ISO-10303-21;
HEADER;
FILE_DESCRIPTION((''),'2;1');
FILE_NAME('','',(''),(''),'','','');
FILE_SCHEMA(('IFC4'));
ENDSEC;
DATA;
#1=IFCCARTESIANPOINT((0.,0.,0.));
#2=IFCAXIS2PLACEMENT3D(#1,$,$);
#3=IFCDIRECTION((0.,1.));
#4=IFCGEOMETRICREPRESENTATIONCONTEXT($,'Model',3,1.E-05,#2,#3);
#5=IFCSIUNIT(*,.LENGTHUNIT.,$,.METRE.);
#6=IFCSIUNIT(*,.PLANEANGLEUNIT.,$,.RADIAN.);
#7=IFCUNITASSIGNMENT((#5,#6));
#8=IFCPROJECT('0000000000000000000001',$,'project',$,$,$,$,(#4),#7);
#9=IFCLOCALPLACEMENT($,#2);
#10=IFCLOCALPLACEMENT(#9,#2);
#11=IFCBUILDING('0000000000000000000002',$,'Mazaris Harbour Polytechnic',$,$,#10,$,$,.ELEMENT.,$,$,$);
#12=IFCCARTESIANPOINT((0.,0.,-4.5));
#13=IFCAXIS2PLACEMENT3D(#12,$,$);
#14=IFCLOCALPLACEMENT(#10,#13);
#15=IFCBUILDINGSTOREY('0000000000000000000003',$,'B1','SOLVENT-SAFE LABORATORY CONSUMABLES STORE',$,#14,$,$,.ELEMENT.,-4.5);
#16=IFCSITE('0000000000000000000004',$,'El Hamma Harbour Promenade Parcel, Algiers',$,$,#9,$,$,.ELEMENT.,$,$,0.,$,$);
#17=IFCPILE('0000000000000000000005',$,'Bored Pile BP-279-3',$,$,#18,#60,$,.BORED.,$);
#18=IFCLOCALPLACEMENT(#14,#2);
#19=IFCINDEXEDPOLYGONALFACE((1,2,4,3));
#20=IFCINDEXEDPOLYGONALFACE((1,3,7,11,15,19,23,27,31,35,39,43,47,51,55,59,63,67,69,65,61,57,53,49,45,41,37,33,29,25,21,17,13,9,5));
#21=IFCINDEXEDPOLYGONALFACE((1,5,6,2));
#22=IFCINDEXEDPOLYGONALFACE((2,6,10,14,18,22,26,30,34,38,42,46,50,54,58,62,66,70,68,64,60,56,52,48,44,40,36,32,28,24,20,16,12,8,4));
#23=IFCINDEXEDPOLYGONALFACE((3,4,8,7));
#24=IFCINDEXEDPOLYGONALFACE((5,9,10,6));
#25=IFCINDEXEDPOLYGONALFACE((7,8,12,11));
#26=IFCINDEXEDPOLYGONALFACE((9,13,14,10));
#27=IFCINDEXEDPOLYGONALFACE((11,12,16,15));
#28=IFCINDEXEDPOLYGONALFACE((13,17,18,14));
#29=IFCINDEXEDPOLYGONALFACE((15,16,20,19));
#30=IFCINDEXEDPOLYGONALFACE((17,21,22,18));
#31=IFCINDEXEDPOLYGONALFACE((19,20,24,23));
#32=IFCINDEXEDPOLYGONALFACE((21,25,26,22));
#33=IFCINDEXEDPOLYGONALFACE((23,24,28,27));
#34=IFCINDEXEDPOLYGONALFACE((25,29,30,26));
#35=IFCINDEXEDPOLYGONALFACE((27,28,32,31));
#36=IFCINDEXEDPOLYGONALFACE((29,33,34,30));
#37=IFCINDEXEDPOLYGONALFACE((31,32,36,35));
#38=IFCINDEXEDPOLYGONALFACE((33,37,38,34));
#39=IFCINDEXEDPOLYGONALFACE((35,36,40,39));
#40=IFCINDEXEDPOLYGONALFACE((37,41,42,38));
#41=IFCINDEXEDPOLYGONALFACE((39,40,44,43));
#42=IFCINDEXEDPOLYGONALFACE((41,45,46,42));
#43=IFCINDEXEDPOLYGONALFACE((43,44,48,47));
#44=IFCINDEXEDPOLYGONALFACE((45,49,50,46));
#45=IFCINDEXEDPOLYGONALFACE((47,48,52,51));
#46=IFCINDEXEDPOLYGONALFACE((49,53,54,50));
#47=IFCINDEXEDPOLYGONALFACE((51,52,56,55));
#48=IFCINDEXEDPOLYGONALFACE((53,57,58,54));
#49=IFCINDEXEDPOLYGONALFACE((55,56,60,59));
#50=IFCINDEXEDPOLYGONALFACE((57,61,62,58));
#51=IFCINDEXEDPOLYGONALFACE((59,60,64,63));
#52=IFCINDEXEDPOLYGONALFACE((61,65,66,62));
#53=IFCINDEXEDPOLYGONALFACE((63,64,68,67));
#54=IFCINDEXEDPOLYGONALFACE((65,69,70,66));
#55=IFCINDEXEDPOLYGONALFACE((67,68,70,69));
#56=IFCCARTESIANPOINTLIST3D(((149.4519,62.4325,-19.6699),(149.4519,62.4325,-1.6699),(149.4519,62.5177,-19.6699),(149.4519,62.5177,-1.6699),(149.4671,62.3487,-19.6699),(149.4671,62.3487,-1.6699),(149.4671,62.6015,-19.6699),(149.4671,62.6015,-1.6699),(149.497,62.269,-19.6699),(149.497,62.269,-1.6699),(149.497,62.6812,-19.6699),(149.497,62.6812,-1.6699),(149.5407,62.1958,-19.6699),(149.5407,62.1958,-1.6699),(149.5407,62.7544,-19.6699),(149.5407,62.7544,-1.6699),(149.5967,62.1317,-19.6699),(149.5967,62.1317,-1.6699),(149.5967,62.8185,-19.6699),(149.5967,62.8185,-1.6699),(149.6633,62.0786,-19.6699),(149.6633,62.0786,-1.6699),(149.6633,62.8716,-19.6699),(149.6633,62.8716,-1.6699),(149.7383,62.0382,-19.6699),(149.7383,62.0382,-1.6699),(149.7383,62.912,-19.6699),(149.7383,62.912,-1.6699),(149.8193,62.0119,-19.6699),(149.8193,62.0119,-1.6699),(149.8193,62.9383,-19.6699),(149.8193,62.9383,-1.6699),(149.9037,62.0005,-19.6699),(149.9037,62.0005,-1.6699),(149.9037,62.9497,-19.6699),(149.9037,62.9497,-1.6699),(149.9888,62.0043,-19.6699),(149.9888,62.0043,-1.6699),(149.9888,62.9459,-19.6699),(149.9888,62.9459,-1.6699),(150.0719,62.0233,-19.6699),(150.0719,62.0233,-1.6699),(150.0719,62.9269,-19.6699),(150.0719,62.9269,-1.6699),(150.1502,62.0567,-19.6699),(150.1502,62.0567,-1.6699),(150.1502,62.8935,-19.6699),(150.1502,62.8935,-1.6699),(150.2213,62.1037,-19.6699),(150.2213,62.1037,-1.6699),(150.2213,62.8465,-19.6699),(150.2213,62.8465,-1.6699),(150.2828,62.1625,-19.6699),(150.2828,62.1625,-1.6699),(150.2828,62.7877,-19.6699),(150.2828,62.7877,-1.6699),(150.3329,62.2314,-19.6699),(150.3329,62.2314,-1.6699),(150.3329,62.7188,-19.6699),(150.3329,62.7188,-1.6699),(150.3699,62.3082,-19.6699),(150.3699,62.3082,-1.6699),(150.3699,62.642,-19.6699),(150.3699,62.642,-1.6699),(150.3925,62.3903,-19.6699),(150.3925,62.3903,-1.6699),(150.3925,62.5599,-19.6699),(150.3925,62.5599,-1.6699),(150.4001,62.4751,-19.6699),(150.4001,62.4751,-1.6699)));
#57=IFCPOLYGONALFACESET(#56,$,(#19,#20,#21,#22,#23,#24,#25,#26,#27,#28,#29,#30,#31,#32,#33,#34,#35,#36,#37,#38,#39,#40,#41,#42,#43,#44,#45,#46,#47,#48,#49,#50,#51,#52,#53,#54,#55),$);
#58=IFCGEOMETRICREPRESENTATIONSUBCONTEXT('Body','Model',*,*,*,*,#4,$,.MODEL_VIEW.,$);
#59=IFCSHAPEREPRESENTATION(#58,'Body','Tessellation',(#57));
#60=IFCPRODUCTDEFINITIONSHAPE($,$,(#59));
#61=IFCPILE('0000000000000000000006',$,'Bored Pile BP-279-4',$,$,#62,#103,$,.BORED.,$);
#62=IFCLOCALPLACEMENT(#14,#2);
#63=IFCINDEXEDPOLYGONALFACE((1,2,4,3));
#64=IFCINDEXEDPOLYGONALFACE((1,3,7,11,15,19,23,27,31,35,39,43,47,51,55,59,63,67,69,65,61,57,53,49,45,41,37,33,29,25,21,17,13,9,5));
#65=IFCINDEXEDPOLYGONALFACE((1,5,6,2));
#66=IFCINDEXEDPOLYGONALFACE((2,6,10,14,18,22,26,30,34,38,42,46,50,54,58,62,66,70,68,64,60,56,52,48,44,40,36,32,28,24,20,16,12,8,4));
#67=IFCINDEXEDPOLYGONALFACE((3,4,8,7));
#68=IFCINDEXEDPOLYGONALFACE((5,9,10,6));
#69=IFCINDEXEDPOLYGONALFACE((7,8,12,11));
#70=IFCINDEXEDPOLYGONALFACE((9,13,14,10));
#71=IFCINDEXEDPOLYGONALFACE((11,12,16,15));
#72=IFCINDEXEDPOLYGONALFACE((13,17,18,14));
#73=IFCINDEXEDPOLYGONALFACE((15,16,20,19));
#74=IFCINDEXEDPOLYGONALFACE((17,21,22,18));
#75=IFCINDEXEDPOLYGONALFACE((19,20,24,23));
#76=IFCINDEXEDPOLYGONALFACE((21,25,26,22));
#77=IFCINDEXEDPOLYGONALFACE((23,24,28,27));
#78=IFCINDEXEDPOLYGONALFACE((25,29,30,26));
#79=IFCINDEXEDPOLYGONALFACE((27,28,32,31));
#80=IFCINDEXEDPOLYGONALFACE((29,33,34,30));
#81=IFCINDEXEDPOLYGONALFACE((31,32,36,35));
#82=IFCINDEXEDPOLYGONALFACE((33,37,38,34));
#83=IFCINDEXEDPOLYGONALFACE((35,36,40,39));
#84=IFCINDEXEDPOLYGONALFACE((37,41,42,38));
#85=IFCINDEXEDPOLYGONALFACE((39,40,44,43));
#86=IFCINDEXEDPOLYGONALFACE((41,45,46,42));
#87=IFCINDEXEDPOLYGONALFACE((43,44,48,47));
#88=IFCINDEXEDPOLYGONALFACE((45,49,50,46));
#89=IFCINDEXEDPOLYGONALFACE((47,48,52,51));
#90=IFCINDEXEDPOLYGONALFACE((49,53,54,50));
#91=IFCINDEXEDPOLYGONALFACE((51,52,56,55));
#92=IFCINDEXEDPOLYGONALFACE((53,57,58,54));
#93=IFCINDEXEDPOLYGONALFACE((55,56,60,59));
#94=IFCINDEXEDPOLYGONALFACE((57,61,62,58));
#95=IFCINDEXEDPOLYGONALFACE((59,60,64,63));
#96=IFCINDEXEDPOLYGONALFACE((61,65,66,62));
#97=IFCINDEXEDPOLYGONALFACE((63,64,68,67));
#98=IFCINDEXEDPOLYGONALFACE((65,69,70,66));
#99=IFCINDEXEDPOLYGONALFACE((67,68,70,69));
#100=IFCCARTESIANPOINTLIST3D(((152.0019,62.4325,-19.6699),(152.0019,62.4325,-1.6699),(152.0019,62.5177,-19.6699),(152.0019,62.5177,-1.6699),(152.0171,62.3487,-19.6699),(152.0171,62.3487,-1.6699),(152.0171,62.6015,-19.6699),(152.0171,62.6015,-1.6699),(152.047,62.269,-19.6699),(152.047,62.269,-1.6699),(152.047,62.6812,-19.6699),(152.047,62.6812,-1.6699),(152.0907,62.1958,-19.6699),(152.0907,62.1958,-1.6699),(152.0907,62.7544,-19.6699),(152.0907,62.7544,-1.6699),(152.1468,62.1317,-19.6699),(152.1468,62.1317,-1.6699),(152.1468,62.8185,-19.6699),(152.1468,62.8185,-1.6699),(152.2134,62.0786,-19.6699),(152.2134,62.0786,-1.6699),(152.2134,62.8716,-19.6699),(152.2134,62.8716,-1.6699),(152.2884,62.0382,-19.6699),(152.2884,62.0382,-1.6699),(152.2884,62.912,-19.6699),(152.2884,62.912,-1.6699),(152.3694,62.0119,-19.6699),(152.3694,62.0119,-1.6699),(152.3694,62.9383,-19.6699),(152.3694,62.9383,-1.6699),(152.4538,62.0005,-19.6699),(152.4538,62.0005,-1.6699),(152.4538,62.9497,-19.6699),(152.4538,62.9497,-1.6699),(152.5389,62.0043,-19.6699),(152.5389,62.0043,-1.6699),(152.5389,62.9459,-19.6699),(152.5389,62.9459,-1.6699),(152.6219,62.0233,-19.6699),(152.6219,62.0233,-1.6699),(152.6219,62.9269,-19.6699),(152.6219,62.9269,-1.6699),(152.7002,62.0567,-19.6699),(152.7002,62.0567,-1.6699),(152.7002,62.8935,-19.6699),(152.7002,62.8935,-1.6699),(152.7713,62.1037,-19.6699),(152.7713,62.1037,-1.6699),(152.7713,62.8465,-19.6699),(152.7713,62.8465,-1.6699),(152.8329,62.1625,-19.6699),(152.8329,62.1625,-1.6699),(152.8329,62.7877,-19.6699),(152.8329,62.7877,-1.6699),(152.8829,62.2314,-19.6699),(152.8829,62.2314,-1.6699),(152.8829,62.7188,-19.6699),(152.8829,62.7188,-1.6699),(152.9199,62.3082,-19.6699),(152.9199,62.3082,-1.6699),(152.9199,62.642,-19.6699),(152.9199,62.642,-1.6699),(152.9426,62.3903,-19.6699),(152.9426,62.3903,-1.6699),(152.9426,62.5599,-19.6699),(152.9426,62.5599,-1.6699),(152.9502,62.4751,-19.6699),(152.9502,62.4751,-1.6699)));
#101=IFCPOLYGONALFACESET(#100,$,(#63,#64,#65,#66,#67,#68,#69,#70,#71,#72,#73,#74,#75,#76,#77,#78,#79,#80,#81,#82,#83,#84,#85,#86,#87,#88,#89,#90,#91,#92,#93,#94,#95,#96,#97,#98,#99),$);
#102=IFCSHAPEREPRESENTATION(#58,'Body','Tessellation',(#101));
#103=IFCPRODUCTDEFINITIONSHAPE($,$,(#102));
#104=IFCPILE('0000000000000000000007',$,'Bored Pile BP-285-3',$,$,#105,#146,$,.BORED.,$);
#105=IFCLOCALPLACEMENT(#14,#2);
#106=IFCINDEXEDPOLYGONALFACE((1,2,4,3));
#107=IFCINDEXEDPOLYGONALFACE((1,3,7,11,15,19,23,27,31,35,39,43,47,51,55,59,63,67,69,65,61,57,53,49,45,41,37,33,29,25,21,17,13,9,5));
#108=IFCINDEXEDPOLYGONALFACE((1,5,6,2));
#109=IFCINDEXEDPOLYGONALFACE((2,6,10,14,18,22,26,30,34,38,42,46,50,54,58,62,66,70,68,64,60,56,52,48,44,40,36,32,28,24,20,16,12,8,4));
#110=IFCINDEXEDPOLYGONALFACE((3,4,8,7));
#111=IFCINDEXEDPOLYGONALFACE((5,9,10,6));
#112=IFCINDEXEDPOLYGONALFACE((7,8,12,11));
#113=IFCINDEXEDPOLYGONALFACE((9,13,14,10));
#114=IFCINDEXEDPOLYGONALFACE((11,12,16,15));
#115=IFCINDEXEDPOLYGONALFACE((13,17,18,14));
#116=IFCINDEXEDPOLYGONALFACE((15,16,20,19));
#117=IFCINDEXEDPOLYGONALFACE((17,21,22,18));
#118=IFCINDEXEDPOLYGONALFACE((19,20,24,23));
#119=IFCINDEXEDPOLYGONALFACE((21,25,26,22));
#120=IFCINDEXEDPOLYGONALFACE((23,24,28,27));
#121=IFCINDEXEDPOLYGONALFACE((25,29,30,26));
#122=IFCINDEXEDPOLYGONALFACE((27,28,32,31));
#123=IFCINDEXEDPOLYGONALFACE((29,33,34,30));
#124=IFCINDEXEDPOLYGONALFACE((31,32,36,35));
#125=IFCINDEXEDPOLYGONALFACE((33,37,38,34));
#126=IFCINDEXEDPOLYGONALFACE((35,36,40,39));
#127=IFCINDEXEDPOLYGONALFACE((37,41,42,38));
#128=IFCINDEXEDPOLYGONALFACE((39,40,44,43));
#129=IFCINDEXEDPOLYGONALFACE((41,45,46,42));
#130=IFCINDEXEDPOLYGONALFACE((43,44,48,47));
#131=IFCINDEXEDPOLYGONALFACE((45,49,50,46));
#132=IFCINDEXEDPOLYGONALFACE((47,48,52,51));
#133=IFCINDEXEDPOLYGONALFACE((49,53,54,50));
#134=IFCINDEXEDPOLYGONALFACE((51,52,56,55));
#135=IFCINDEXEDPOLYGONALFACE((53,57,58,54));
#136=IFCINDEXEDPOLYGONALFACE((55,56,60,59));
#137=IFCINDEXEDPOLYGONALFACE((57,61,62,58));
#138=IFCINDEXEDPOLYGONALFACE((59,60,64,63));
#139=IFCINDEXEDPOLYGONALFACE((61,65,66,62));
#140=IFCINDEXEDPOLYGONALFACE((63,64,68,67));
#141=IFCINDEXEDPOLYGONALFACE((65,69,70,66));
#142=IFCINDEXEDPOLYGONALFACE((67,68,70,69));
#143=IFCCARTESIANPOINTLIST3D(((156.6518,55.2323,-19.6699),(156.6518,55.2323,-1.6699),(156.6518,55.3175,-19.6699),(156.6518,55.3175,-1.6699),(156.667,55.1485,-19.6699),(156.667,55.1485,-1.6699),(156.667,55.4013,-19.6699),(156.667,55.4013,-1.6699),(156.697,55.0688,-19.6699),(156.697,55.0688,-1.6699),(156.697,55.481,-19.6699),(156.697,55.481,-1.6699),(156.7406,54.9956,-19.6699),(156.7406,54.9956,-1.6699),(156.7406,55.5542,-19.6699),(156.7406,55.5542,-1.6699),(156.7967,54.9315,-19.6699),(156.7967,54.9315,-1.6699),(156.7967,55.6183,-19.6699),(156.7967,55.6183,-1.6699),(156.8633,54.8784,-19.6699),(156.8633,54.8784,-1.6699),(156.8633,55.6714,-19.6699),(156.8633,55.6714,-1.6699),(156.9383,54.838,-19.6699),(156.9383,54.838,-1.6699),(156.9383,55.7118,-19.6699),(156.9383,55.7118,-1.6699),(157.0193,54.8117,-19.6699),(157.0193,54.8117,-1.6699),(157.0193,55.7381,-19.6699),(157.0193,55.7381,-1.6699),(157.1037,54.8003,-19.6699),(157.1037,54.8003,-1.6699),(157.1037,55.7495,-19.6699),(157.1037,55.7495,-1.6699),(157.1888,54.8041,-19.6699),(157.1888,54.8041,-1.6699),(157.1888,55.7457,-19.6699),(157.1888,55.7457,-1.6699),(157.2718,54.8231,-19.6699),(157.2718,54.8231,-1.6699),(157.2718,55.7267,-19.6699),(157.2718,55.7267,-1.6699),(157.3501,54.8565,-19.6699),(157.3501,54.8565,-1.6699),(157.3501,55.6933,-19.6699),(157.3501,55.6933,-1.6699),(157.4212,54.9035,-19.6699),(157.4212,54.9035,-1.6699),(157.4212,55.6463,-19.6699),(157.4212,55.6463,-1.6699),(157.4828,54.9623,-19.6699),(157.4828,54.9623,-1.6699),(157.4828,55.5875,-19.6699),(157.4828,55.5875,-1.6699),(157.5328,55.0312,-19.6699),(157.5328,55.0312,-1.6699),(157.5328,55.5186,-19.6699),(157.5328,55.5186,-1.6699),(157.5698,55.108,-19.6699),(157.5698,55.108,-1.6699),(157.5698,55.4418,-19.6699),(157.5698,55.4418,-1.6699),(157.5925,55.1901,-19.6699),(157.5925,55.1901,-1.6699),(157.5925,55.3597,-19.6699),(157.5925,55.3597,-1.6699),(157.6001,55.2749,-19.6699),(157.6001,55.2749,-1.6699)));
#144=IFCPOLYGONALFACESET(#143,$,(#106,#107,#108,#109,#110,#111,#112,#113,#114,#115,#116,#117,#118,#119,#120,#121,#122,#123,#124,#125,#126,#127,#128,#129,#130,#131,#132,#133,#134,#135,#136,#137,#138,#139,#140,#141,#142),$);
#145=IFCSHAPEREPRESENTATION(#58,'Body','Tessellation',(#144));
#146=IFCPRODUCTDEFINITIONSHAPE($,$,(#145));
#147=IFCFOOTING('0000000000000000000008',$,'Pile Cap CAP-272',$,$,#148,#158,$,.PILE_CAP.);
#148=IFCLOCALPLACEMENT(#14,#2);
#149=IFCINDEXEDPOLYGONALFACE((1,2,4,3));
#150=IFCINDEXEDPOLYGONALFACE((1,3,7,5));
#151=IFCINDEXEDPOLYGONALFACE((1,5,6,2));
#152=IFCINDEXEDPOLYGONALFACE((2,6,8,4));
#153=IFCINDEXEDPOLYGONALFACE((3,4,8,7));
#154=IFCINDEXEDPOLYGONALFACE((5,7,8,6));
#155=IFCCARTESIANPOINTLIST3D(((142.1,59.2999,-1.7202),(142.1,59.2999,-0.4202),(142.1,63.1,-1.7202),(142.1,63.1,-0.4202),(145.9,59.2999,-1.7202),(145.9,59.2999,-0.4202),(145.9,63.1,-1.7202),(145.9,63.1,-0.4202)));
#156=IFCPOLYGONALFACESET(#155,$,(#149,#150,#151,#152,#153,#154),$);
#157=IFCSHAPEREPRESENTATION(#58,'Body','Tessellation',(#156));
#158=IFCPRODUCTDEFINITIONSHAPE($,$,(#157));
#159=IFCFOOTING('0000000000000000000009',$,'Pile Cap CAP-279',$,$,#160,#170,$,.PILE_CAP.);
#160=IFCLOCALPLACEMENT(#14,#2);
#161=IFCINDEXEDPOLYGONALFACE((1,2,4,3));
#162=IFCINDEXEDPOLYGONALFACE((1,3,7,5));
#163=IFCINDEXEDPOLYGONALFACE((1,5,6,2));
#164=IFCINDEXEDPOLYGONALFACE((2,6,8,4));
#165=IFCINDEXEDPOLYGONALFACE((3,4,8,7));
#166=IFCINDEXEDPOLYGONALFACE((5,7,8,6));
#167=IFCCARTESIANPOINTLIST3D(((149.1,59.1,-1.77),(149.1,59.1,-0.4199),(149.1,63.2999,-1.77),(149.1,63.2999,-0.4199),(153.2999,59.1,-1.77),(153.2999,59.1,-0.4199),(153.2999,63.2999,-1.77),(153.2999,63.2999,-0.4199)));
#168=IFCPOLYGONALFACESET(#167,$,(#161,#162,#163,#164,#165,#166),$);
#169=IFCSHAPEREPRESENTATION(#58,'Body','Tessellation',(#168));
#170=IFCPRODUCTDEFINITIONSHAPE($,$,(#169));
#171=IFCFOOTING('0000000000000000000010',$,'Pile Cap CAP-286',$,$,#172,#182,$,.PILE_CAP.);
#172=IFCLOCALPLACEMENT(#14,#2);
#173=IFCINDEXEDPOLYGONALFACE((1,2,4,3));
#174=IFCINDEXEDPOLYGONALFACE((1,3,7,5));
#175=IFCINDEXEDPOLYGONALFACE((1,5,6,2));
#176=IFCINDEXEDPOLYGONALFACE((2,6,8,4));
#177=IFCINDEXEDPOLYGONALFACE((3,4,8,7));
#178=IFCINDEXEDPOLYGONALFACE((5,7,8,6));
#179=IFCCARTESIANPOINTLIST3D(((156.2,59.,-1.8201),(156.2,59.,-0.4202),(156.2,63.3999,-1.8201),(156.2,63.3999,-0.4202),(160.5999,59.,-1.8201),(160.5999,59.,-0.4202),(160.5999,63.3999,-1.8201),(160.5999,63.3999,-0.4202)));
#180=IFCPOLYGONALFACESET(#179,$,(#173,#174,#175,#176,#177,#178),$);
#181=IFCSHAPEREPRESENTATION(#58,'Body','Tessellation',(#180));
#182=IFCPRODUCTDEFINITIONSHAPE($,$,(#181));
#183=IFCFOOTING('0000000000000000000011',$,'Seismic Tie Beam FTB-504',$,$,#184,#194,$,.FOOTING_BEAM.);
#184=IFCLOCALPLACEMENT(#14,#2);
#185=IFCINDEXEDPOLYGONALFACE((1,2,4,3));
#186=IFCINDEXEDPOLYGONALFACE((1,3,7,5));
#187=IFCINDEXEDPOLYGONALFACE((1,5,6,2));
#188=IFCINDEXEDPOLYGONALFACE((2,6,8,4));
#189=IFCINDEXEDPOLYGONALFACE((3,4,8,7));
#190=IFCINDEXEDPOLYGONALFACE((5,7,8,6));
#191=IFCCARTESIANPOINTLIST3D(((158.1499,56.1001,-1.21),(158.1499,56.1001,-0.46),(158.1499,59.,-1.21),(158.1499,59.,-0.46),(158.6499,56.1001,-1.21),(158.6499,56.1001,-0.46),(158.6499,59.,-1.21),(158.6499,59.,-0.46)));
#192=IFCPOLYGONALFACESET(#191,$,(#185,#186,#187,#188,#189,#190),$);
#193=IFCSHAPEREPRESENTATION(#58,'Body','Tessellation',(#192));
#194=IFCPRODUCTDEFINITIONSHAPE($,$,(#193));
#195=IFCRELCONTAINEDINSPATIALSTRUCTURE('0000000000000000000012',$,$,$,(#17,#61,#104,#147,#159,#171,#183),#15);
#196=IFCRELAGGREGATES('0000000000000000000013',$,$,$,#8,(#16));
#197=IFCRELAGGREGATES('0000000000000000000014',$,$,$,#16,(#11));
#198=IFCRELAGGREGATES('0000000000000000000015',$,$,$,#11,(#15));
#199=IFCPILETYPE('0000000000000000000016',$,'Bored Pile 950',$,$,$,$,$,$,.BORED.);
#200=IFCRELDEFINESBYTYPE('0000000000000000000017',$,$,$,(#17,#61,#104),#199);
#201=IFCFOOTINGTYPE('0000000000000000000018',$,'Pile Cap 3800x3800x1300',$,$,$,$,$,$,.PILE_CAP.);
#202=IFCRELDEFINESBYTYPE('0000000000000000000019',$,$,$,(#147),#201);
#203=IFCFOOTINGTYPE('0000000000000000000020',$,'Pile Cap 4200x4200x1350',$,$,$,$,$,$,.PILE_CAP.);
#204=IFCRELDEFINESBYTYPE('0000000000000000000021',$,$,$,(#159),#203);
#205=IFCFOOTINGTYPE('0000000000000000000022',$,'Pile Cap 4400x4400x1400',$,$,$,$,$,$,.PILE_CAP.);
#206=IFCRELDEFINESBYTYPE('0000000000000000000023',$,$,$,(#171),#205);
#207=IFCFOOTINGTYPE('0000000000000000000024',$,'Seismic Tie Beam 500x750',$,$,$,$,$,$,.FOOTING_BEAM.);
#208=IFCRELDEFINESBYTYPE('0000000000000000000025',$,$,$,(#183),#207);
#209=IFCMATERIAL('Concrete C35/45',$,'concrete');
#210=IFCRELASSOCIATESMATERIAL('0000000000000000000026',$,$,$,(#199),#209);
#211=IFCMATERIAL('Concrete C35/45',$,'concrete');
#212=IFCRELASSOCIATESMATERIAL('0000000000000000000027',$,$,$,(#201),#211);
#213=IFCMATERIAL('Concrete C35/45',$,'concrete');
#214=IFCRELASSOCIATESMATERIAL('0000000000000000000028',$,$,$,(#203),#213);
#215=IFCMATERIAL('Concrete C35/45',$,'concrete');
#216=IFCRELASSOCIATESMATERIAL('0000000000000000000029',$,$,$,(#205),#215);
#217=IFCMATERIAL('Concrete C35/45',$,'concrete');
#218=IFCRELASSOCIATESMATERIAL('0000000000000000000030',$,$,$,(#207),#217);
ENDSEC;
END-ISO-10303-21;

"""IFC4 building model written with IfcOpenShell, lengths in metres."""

from ifc_helpers import new_model, si_unit, direction, frame, origin, origin_2d, place, context, subcontext, project, spatial, rectangle, circle, extrude, material, material_profile, profile_set, type_object, element, save


model = new_model("IFC4")

# Units and contexts
model_context = context("Model", 3, precision=1e-05, world=origin(), true_north=direction((0.0, 1.0)))
body_context = subcontext(model_context, "Body", "Model", "MODEL_VIEW")
ifc_project = project(units=[si_unit("LENGTHUNIT", "METRE"), si_unit("PLANEANGLEUNIT", "RADIAN")], contexts=[model_context])

# Site, building, storey
site_placement = place(None, origin())
site = spatial("IfcSite", under=ifc_project, at=site_placement, Name="El Hamma Harbour Promenade Parcel, Algiers", CompositionType="ELEMENT", RefElevation=0.0)
building_placement = place(site_placement, origin())
building = spatial("IfcBuilding", under=site, at=building_placement, Name="Mazaris Harbour Polytechnic", CompositionType="ELEMENT")
storey_placement = place(building_placement, frame((0.0, 0.0, -4.5)))
storey = spatial("IfcBuildingStorey", under=building, at=storey_placement, Name="B1", Description="SOLVENT-SAFE LABORATORY CONSUMABLES STORE", CompositionType="ELEMENT", Elevation=-4.5)

# Piles
ifc_material_1 = material(Name="Concrete C35/45", Category="concrete")
ifc_material_profile_1 = material_profile(ifc_material_1, circle(Radius=0.4751, at=origin_2d()), Name="DIA950")
ifc_profile_set_1 = profile_set([ifc_material_profile_1], Name="Concrete C35/45")
pile_type_1 = type_object("IfcPileType", Name="Bored Pile 950", PredefinedType="BORED", material=ifc_profile_set_1)
for number, where, z_axis, x_axis, name in (
    (1, (149.925, 62.4751, -1.6699), (0.0, 0.0, -1.0), (1.0, 0.0, 0.0), "Bored Pile BP-279-3"),
    (2, (152.4751, 62.4751, -1.6699), (0.0, 0.0, -1.0), (1.0, 0.0, 0.0), "Bored Pile BP-279-4"),
    (3, (157.125, 55.2749, -1.6699), (0.0, 0.0, -1.0), (1.0, 0.0, 0.0), "Bored Pile BP-285-3"),
):
    element("IfcPile", number, at=place(storey_placement, frame(where, z_axis=z_axis, x_axis=x_axis)), inside=storey, type_object=pile_type_1, Name=name, PredefinedType="BORED", context=body_context, shape_type="SweptSolid", body=[
        extrude(circle(Radius=0.4751, at=origin_2d()), origin(), (0.0, 0.0, 1.0), 18.0),
    ])

# Footings
ifc_material_2 = material(Name="Concrete C35/45", Category="concrete")
footing_type_1 = type_object("IfcFootingType", Name="Pile Cap 3800x3800x1300", PredefinedType="PILE_CAP", material=ifc_material_2)
footing_1_placement = place(storey_placement, frame((144.0, 61.2, -1.7202), z_axis=(0.0, 0.0, 1.0), x_axis=(1.0, 0.0, 0.0)))
element("IfcFooting", 4, at=footing_1_placement, inside=storey, type_object=footing_type_1, Name="Pile Cap CAP-272", PredefinedType="PILE_CAP", context=body_context, shape_type="SweptSolid", body=[
    extrude(rectangle(XDim=3.8, YDim=3.8, at=origin_2d()), origin(), (0.0, 0.0, 1.0), 1.3),
])
ifc_material_3 = material(Name="Concrete C35/45", Category="concrete")
footing_type_2 = type_object("IfcFootingType", Name="Pile Cap 4200x4200x1350", PredefinedType="PILE_CAP", material=ifc_material_3)
footing_2_placement = place(storey_placement, frame((151.2, 61.2, -1.77), z_axis=(0.0, 0.0, 1.0), x_axis=(1.0, 0.0, 0.0)))
element("IfcFooting", 5, at=footing_2_placement, inside=storey, type_object=footing_type_2, Name="Pile Cap CAP-279", PredefinedType="PILE_CAP", context=body_context, shape_type="SweptSolid", body=[
    extrude(rectangle(XDim=4.2, YDim=4.2, at=origin_2d()), origin(), (0.0, 0.0, 1.0), 1.3501),
])
ifc_material_4 = material(Name="Concrete C35/45", Category="concrete")
footing_type_3 = type_object("IfcFootingType", Name="Pile Cap 4400x4400x1400", PredefinedType="PILE_CAP", material=ifc_material_4)
footing_3_placement = place(storey_placement, frame((158.3999, 61.2, -1.8201), z_axis=(0.0, 0.0, 1.0), x_axis=(1.0, 0.0, 0.0)))
element("IfcFooting", 6, at=footing_3_placement, inside=storey, type_object=footing_type_3, Name="Pile Cap CAP-286", PredefinedType="PILE_CAP", context=body_context, shape_type="SweptSolid", body=[
    extrude(rectangle(XDim=4.3999, YDim=4.3999, at=origin_2d()), origin(), (0.0, 0.0, 1.0), 1.3999),
])
ifc_material_5 = material(Name="Concrete C35/45", Category="concrete")
ifc_material_profile_2 = material_profile(ifc_material_5, rectangle(XDim=0.5, YDim=0.75, at=origin_2d()), Name="RECT500x750")
ifc_profile_set_2 = profile_set([ifc_material_profile_2], Name="Concrete C35/45")
footing_type_4 = type_object("IfcFootingType", Name="Seismic Tie Beam 500x750", PredefinedType="FOOTING_BEAM", material=ifc_profile_set_2)
footing_4_placement = place(storey_placement, frame((158.3999, 56.1001, -0.835), z_axis=(0.0, 1.0, 0.0), x_axis=(-1.0, 0.0, 0.0)))
element("IfcFooting", 7, at=footing_4_placement, inside=storey, type_object=footing_type_4, Name="Seismic Tie Beam FTB-504", PredefinedType="FOOTING_BEAM", context=body_context, shape_type="SweptSolid", body=[
    extrude(rectangle(XDim=0.5, YDim=0.75, at=origin_2d()), origin(), (0.0, 0.0, 1.0), 2.8999),
])

save(model, "model.ifc")
